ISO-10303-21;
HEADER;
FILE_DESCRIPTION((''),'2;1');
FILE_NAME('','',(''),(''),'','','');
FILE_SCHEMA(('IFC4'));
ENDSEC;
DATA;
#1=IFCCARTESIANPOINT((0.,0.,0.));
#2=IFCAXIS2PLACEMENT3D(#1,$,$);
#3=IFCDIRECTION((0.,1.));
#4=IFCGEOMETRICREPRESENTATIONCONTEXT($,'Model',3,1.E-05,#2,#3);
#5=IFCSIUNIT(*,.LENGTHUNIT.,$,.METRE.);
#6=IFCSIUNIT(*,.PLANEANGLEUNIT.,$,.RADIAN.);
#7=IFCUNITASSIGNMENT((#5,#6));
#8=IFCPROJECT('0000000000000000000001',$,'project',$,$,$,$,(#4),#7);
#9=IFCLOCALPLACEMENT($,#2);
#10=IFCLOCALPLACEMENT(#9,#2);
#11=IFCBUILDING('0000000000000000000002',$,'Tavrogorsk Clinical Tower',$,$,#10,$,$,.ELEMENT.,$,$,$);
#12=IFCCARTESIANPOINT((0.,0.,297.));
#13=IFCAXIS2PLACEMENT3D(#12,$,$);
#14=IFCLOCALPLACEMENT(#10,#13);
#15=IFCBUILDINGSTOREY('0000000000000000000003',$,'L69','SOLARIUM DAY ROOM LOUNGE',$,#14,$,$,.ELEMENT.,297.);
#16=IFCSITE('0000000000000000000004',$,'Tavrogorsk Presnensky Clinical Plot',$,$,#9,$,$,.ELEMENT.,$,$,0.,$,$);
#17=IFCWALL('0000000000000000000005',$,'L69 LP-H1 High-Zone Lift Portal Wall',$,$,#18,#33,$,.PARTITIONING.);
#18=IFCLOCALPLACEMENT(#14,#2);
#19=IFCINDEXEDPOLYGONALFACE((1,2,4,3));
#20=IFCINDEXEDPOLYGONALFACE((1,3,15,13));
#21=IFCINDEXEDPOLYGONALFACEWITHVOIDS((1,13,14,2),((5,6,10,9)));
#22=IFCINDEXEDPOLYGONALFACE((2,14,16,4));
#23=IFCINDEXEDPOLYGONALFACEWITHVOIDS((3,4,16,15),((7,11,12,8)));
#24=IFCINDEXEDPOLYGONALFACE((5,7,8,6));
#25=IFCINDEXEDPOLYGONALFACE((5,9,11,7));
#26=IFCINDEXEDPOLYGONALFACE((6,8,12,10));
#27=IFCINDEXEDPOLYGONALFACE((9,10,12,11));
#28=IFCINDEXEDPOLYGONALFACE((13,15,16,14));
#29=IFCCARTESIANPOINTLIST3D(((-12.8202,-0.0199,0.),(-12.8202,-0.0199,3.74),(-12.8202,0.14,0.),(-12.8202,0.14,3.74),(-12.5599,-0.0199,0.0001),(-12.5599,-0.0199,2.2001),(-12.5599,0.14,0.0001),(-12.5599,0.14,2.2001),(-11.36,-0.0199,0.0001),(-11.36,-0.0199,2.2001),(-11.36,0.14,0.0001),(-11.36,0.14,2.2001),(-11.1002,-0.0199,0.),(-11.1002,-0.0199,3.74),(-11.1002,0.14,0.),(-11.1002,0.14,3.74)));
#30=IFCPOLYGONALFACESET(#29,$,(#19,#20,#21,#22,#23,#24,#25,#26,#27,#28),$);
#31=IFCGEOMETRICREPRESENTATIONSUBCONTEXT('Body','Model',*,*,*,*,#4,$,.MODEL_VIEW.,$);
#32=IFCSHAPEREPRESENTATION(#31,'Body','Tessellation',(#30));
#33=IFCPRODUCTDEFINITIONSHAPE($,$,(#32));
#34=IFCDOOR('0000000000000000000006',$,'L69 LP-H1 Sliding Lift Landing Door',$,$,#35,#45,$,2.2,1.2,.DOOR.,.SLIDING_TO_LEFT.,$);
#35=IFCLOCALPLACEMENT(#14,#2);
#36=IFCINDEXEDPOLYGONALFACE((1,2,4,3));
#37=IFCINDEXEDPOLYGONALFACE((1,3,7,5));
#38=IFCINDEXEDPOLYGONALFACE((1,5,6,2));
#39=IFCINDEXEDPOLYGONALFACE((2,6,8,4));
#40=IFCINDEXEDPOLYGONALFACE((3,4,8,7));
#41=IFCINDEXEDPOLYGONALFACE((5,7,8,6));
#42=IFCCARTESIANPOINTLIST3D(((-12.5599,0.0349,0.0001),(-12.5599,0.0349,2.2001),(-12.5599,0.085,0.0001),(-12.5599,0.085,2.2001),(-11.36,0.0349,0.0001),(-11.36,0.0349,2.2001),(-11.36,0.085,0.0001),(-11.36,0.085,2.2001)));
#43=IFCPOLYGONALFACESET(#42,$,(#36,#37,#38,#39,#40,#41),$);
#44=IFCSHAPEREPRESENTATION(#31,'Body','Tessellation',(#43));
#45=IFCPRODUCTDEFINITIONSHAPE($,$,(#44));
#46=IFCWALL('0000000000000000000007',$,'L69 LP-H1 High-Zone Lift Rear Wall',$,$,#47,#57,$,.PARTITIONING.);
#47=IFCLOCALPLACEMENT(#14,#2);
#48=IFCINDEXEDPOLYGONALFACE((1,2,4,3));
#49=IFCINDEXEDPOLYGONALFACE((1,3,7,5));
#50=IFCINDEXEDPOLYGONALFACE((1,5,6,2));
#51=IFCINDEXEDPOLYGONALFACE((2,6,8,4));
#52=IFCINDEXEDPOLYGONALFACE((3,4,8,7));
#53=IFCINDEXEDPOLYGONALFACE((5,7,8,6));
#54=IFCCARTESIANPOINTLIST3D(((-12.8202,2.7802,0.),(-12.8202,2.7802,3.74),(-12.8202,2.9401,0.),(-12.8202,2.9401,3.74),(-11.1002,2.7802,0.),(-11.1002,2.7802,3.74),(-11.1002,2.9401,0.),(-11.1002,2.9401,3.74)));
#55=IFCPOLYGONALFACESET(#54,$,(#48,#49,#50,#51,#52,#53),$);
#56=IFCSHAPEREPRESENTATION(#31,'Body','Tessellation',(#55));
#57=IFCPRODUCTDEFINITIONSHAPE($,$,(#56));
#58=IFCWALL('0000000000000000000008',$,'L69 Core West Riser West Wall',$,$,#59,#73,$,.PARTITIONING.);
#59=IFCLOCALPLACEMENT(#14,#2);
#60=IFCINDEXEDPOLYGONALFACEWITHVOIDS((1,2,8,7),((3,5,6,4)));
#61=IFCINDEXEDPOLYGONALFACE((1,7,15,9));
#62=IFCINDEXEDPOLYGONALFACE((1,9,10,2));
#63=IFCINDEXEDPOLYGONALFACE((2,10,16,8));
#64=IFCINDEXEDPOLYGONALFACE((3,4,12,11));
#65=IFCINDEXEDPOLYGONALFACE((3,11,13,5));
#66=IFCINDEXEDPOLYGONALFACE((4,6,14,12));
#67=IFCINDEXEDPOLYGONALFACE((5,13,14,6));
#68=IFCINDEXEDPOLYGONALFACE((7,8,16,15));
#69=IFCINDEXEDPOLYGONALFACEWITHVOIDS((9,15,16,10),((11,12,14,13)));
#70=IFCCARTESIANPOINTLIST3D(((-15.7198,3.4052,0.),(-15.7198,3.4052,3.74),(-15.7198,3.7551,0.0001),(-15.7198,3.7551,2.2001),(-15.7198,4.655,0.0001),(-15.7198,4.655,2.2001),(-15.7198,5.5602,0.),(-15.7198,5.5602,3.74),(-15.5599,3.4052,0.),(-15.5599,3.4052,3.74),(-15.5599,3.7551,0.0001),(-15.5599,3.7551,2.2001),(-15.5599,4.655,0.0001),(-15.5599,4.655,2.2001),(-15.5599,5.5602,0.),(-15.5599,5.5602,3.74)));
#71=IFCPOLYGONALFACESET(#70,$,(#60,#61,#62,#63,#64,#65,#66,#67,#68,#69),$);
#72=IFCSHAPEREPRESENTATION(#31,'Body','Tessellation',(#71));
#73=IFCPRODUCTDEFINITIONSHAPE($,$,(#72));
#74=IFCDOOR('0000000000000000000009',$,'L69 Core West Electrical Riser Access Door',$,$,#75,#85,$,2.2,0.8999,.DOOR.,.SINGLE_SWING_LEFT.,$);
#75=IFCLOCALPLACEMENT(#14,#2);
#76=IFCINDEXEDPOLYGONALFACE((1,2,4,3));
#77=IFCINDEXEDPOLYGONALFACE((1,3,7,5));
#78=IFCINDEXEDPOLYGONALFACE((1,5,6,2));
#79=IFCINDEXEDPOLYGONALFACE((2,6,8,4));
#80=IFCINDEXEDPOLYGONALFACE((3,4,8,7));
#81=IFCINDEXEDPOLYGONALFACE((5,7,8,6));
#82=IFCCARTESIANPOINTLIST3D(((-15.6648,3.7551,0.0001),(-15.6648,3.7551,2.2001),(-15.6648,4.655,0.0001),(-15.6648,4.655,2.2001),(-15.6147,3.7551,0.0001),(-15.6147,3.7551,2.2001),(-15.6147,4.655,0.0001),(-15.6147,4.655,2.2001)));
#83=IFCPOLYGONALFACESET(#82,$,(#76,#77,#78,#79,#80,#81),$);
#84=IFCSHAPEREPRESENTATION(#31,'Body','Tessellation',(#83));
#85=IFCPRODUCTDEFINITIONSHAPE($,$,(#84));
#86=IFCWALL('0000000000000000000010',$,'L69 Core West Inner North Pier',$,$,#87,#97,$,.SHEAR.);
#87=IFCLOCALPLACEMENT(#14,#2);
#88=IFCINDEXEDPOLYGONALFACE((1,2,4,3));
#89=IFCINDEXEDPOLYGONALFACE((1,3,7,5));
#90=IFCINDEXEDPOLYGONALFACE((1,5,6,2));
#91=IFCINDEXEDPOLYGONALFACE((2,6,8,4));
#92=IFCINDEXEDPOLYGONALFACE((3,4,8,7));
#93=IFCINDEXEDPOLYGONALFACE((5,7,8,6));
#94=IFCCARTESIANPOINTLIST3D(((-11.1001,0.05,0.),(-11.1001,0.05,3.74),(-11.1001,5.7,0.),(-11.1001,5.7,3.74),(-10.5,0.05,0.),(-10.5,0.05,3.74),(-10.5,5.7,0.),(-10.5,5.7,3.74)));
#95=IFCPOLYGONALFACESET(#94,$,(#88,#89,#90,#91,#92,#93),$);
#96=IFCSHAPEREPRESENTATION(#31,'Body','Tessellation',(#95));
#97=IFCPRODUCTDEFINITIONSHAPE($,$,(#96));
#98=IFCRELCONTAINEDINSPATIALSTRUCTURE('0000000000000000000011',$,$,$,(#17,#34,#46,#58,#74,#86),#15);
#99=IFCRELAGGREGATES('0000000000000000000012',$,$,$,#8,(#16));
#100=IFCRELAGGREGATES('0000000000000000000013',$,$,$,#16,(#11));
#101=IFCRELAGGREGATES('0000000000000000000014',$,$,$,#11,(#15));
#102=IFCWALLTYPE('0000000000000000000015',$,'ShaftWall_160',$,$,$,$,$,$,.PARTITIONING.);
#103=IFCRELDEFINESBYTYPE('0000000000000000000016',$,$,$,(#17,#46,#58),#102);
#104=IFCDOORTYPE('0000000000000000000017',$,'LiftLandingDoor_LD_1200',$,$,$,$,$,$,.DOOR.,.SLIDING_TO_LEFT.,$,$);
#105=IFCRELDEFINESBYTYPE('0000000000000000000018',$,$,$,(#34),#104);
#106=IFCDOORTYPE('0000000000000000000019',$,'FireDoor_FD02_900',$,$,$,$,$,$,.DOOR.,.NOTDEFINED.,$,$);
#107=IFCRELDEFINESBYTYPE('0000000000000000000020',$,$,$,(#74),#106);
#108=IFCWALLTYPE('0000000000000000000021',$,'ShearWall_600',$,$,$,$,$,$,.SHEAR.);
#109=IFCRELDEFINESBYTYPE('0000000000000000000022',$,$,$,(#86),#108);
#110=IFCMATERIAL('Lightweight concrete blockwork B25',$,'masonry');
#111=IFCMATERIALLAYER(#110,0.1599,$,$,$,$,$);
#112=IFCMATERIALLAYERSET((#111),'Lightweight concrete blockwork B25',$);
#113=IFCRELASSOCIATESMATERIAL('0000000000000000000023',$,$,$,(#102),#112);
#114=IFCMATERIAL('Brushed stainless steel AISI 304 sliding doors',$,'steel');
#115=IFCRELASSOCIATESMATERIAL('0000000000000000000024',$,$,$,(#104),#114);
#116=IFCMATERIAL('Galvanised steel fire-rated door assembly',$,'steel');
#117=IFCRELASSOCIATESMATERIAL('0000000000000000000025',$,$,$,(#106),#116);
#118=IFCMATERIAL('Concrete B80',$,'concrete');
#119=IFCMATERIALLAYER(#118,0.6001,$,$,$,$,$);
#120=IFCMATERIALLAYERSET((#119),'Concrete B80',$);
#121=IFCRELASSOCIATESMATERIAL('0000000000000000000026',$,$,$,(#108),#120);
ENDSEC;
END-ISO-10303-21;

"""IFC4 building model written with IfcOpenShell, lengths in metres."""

from ifc_helpers import new_model, si_unit, direction, frame, frame_2d, origin, place, context, subcontext, project, spatial, rectangle, extrude, material, layer, layer_set, type_object, element, fill, save


model = new_model("IFC4")

# Units and contexts
model_context = context("Model", 3, precision=1e-05, world=origin(), true_north=direction((0.0, 1.0)))
body_context = subcontext(model_context, "Body", "Model", "MODEL_VIEW")
ifc_project = project(units=[si_unit("LENGTHUNIT", "METRE"), si_unit("PLANEANGLEUNIT", "RADIAN")], contexts=[model_context])

# Site, building, storey
site_placement = place(None, origin())
site = spatial("IfcSite", under=ifc_project, at=site_placement, Name="Tavrogorsk Presnensky Clinical Plot", CompositionType="ELEMENT", RefElevation=0.0)
building_placement = place(site_placement, origin())
building = spatial("IfcBuilding", under=site, at=building_placement, Name="Tavrogorsk Clinical Tower", CompositionType="ELEMENT")
storey_placement = place(building_placement, frame((0.0, 0.0, 297.0)))
storey = spatial("IfcBuildingStorey", under=building, at=storey_placement, Name="L69", Description="SOLARIUM DAY ROOM LOUNGE", CompositionType="ELEMENT", Elevation=297.0)

# Shared definitions
ifc_material_1 = material(Name="Lightweight concrete blockwork B25", Category="masonry")
ifc_layer_1 = layer(ifc_material_1, 0.1599)
ifc_layer_set_1 = layer_set([ifc_layer_1], Name="Lightweight concrete blockwork B25")
wall_type_1 = type_object("IfcWallType", Name="ShaftWall_160", PredefinedType="PARTITIONING", material=ifc_layer_set_1)
ifc_material_2 = material(Name="Brushed stainless steel AISI 304 sliding doors", Category="steel")
door_type_1 = type_object("IfcDoorType", Name="LiftLandingDoor_LD_1200", OperationType="SLIDING_TO_LEFT", PredefinedType="DOOR", material=ifc_material_2)

# Wall, opening, door
wall_1_placement = place(storey_placement, frame((-12.8201, 0.0601, 0.0), z_axis=(0.0, 0.0, 1.0), x_axis=(1.0, 0.0, 0.0)))
wall_1 = element("IfcWall", 1, at=wall_1_placement, inside=storey, type_object=wall_type_1, Name="L69 LP-H1 High-Zone Lift Portal Wall", PredefinedType="PARTITIONING", context=body_context, shape_type="SweptSolid", body=[
    extrude(rectangle(XDim=1.72, YDim=0.1599, at=frame_2d((0.8599, 0.0))), origin(), (0.0, 0.0, 1.0), 3.74),
])
opening_1_placement = place(wall_1_placement, frame((0.26, 0.0, 0.0)))
opening_1 = element("IfcOpeningElement", 2, at=opening_1_placement, cuts=wall_1, PredefinedType="OPENING", context=body_context, shape_type="SweptSolid", body=[
    extrude(rectangle(XDim=1.2, YDim=2.2, at=frame_2d((0.6001, 1.1001))), frame((0.0, 0.0898, 0.0), z_axis=(0.0, -1.0, 0.0), x_axis=(1.0, 0.0, 0.0)), (0.0, 0.0, 1.0), 0.1799),
])
door_1_placement = place(opening_1_placement, origin())
door_1 = element("IfcDoor", 3, at=door_1_placement, inside=storey, type_object=door_type_1, Name="L69 LP-H1 Sliding Lift Landing Door", OperationType="SLIDING_TO_LEFT", OverallHeight=2.2, OverallWidth=1.2, PredefinedType="DOOR", context=body_context, shape_type="SweptSolid", body=[
    extrude(rectangle(XDim=1.2, YDim=2.2, at=frame_2d((0.6001, 1.1001))), frame((0.0, 0.0249, 0.0), z_axis=(0.0, -1.0, 0.0), x_axis=(1.0, 0.0, 0.0)), (0.0, 0.0, 1.0), 0.05),
])
fill(opening_1, door_1)

# Wall
wall_2_placement = place(storey_placement, frame((-12.8201, 2.8601, 0.0), z_axis=(0.0, 0.0, 1.0), x_axis=(1.0, 0.0, 0.0)))
element("IfcWall", 4, at=wall_2_placement, inside=storey, type_object=wall_type_1, Name="L69 LP-H1 High-Zone Lift Rear Wall", PredefinedType="PARTITIONING", context=body_context, shape_type="SweptSolid", body=[
    extrude(rectangle(XDim=1.72, YDim=0.1599, at=frame_2d((0.8599, 0.0))), origin(), (0.0, 0.0, 1.0), 3.74),
])

# Wall, opening, door
wall_3_placement = place(storey_placement, frame((-15.6399, 3.405, 0.0), z_axis=(0.0, 0.0, 1.0), x_axis=(0.0, 1.0, 0.0)))
wall_3 = element("IfcWall", 5, at=wall_3_placement, inside=storey, type_object=wall_type_1, Name="L69 Core West Riser West Wall", PredefinedType="PARTITIONING", context=body_context, shape_type="SweptSolid", body=[
    extrude(rectangle(XDim=2.155, YDim=0.1599, at=frame_2d((1.0776, 0.0))), origin(), (0.0, 0.0, 1.0), 3.74),
])
opening_2_placement = place(wall_3_placement, frame((0.3501, 0.0, 0.0)))
opening_2 = element("IfcOpeningElement", 6, at=opening_2_placement, cuts=wall_3, PredefinedType="OPENING", context=body_context, shape_type="SweptSolid", body=[
    extrude(rectangle(XDim=0.8999, YDim=2.2, at=frame_2d((0.45, 1.1001))), frame((0.0, 0.0898, 0.0), z_axis=(0.0, -1.0, 0.0), x_axis=(1.0, 0.0, 0.0)), (0.0, 0.0, 1.0), 0.1799),
])
ifc_material_3 = material(Name="Galvanised steel fire-rated door assembly", Category="steel")
door_type_2 = type_object("IfcDoorType", Name="FireDoor_FD02_900", OperationType="NOTDEFINED", PredefinedType="DOOR", material=ifc_material_3)
door_2_placement = place(opening_2_placement, origin())
door_2 = element("IfcDoor", 7, at=door_2_placement, inside=storey, type_object=door_type_2, Name="L69 Core West Electrical Riser Access Door", OperationType="SINGLE_SWING_LEFT", OverallHeight=2.2, OverallWidth=0.8999, PredefinedType="DOOR", context=body_context, shape_type="SweptSolid", body=[
    extrude(rectangle(XDim=0.8999, YDim=2.2, at=frame_2d((0.45, 1.1001))), frame((0.0, 0.0249, 0.0), z_axis=(0.0, -1.0, 0.0), x_axis=(1.0, 0.0, 0.0)), (0.0, 0.0, 1.0), 0.05),
])
fill(opening_2, door_2)

# Wall
ifc_material_4 = material(Name="Concrete B80", Category="concrete")
ifc_layer_2 = layer(ifc_material_4, 0.6001)
ifc_layer_set_2 = layer_set([ifc_layer_2], Name="Concrete B80")
wall_type_2 = type_object("IfcWallType", Name="ShearWall_600", PredefinedType="SHEAR", material=ifc_layer_set_2)
wall_4_placement = place(storey_placement, frame((-10.8, 0.05, 0.0), z_axis=(0.0, 0.0, 1.0), x_axis=(0.0, 1.0, 0.0)))
element("IfcWall", 8, at=wall_4_placement, inside=storey, type_object=wall_type_2, Name="L69 Core West Inner North Pier", PredefinedType="SHEAR", context=body_context, shape_type="SweptSolid", body=[
    extrude(rectangle(XDim=5.6499, YDim=0.6001, at=frame_2d((2.825, 0.0))), origin(), (0.0, 0.0, 1.0), 3.74),
])

save(model, "model.ifc")
